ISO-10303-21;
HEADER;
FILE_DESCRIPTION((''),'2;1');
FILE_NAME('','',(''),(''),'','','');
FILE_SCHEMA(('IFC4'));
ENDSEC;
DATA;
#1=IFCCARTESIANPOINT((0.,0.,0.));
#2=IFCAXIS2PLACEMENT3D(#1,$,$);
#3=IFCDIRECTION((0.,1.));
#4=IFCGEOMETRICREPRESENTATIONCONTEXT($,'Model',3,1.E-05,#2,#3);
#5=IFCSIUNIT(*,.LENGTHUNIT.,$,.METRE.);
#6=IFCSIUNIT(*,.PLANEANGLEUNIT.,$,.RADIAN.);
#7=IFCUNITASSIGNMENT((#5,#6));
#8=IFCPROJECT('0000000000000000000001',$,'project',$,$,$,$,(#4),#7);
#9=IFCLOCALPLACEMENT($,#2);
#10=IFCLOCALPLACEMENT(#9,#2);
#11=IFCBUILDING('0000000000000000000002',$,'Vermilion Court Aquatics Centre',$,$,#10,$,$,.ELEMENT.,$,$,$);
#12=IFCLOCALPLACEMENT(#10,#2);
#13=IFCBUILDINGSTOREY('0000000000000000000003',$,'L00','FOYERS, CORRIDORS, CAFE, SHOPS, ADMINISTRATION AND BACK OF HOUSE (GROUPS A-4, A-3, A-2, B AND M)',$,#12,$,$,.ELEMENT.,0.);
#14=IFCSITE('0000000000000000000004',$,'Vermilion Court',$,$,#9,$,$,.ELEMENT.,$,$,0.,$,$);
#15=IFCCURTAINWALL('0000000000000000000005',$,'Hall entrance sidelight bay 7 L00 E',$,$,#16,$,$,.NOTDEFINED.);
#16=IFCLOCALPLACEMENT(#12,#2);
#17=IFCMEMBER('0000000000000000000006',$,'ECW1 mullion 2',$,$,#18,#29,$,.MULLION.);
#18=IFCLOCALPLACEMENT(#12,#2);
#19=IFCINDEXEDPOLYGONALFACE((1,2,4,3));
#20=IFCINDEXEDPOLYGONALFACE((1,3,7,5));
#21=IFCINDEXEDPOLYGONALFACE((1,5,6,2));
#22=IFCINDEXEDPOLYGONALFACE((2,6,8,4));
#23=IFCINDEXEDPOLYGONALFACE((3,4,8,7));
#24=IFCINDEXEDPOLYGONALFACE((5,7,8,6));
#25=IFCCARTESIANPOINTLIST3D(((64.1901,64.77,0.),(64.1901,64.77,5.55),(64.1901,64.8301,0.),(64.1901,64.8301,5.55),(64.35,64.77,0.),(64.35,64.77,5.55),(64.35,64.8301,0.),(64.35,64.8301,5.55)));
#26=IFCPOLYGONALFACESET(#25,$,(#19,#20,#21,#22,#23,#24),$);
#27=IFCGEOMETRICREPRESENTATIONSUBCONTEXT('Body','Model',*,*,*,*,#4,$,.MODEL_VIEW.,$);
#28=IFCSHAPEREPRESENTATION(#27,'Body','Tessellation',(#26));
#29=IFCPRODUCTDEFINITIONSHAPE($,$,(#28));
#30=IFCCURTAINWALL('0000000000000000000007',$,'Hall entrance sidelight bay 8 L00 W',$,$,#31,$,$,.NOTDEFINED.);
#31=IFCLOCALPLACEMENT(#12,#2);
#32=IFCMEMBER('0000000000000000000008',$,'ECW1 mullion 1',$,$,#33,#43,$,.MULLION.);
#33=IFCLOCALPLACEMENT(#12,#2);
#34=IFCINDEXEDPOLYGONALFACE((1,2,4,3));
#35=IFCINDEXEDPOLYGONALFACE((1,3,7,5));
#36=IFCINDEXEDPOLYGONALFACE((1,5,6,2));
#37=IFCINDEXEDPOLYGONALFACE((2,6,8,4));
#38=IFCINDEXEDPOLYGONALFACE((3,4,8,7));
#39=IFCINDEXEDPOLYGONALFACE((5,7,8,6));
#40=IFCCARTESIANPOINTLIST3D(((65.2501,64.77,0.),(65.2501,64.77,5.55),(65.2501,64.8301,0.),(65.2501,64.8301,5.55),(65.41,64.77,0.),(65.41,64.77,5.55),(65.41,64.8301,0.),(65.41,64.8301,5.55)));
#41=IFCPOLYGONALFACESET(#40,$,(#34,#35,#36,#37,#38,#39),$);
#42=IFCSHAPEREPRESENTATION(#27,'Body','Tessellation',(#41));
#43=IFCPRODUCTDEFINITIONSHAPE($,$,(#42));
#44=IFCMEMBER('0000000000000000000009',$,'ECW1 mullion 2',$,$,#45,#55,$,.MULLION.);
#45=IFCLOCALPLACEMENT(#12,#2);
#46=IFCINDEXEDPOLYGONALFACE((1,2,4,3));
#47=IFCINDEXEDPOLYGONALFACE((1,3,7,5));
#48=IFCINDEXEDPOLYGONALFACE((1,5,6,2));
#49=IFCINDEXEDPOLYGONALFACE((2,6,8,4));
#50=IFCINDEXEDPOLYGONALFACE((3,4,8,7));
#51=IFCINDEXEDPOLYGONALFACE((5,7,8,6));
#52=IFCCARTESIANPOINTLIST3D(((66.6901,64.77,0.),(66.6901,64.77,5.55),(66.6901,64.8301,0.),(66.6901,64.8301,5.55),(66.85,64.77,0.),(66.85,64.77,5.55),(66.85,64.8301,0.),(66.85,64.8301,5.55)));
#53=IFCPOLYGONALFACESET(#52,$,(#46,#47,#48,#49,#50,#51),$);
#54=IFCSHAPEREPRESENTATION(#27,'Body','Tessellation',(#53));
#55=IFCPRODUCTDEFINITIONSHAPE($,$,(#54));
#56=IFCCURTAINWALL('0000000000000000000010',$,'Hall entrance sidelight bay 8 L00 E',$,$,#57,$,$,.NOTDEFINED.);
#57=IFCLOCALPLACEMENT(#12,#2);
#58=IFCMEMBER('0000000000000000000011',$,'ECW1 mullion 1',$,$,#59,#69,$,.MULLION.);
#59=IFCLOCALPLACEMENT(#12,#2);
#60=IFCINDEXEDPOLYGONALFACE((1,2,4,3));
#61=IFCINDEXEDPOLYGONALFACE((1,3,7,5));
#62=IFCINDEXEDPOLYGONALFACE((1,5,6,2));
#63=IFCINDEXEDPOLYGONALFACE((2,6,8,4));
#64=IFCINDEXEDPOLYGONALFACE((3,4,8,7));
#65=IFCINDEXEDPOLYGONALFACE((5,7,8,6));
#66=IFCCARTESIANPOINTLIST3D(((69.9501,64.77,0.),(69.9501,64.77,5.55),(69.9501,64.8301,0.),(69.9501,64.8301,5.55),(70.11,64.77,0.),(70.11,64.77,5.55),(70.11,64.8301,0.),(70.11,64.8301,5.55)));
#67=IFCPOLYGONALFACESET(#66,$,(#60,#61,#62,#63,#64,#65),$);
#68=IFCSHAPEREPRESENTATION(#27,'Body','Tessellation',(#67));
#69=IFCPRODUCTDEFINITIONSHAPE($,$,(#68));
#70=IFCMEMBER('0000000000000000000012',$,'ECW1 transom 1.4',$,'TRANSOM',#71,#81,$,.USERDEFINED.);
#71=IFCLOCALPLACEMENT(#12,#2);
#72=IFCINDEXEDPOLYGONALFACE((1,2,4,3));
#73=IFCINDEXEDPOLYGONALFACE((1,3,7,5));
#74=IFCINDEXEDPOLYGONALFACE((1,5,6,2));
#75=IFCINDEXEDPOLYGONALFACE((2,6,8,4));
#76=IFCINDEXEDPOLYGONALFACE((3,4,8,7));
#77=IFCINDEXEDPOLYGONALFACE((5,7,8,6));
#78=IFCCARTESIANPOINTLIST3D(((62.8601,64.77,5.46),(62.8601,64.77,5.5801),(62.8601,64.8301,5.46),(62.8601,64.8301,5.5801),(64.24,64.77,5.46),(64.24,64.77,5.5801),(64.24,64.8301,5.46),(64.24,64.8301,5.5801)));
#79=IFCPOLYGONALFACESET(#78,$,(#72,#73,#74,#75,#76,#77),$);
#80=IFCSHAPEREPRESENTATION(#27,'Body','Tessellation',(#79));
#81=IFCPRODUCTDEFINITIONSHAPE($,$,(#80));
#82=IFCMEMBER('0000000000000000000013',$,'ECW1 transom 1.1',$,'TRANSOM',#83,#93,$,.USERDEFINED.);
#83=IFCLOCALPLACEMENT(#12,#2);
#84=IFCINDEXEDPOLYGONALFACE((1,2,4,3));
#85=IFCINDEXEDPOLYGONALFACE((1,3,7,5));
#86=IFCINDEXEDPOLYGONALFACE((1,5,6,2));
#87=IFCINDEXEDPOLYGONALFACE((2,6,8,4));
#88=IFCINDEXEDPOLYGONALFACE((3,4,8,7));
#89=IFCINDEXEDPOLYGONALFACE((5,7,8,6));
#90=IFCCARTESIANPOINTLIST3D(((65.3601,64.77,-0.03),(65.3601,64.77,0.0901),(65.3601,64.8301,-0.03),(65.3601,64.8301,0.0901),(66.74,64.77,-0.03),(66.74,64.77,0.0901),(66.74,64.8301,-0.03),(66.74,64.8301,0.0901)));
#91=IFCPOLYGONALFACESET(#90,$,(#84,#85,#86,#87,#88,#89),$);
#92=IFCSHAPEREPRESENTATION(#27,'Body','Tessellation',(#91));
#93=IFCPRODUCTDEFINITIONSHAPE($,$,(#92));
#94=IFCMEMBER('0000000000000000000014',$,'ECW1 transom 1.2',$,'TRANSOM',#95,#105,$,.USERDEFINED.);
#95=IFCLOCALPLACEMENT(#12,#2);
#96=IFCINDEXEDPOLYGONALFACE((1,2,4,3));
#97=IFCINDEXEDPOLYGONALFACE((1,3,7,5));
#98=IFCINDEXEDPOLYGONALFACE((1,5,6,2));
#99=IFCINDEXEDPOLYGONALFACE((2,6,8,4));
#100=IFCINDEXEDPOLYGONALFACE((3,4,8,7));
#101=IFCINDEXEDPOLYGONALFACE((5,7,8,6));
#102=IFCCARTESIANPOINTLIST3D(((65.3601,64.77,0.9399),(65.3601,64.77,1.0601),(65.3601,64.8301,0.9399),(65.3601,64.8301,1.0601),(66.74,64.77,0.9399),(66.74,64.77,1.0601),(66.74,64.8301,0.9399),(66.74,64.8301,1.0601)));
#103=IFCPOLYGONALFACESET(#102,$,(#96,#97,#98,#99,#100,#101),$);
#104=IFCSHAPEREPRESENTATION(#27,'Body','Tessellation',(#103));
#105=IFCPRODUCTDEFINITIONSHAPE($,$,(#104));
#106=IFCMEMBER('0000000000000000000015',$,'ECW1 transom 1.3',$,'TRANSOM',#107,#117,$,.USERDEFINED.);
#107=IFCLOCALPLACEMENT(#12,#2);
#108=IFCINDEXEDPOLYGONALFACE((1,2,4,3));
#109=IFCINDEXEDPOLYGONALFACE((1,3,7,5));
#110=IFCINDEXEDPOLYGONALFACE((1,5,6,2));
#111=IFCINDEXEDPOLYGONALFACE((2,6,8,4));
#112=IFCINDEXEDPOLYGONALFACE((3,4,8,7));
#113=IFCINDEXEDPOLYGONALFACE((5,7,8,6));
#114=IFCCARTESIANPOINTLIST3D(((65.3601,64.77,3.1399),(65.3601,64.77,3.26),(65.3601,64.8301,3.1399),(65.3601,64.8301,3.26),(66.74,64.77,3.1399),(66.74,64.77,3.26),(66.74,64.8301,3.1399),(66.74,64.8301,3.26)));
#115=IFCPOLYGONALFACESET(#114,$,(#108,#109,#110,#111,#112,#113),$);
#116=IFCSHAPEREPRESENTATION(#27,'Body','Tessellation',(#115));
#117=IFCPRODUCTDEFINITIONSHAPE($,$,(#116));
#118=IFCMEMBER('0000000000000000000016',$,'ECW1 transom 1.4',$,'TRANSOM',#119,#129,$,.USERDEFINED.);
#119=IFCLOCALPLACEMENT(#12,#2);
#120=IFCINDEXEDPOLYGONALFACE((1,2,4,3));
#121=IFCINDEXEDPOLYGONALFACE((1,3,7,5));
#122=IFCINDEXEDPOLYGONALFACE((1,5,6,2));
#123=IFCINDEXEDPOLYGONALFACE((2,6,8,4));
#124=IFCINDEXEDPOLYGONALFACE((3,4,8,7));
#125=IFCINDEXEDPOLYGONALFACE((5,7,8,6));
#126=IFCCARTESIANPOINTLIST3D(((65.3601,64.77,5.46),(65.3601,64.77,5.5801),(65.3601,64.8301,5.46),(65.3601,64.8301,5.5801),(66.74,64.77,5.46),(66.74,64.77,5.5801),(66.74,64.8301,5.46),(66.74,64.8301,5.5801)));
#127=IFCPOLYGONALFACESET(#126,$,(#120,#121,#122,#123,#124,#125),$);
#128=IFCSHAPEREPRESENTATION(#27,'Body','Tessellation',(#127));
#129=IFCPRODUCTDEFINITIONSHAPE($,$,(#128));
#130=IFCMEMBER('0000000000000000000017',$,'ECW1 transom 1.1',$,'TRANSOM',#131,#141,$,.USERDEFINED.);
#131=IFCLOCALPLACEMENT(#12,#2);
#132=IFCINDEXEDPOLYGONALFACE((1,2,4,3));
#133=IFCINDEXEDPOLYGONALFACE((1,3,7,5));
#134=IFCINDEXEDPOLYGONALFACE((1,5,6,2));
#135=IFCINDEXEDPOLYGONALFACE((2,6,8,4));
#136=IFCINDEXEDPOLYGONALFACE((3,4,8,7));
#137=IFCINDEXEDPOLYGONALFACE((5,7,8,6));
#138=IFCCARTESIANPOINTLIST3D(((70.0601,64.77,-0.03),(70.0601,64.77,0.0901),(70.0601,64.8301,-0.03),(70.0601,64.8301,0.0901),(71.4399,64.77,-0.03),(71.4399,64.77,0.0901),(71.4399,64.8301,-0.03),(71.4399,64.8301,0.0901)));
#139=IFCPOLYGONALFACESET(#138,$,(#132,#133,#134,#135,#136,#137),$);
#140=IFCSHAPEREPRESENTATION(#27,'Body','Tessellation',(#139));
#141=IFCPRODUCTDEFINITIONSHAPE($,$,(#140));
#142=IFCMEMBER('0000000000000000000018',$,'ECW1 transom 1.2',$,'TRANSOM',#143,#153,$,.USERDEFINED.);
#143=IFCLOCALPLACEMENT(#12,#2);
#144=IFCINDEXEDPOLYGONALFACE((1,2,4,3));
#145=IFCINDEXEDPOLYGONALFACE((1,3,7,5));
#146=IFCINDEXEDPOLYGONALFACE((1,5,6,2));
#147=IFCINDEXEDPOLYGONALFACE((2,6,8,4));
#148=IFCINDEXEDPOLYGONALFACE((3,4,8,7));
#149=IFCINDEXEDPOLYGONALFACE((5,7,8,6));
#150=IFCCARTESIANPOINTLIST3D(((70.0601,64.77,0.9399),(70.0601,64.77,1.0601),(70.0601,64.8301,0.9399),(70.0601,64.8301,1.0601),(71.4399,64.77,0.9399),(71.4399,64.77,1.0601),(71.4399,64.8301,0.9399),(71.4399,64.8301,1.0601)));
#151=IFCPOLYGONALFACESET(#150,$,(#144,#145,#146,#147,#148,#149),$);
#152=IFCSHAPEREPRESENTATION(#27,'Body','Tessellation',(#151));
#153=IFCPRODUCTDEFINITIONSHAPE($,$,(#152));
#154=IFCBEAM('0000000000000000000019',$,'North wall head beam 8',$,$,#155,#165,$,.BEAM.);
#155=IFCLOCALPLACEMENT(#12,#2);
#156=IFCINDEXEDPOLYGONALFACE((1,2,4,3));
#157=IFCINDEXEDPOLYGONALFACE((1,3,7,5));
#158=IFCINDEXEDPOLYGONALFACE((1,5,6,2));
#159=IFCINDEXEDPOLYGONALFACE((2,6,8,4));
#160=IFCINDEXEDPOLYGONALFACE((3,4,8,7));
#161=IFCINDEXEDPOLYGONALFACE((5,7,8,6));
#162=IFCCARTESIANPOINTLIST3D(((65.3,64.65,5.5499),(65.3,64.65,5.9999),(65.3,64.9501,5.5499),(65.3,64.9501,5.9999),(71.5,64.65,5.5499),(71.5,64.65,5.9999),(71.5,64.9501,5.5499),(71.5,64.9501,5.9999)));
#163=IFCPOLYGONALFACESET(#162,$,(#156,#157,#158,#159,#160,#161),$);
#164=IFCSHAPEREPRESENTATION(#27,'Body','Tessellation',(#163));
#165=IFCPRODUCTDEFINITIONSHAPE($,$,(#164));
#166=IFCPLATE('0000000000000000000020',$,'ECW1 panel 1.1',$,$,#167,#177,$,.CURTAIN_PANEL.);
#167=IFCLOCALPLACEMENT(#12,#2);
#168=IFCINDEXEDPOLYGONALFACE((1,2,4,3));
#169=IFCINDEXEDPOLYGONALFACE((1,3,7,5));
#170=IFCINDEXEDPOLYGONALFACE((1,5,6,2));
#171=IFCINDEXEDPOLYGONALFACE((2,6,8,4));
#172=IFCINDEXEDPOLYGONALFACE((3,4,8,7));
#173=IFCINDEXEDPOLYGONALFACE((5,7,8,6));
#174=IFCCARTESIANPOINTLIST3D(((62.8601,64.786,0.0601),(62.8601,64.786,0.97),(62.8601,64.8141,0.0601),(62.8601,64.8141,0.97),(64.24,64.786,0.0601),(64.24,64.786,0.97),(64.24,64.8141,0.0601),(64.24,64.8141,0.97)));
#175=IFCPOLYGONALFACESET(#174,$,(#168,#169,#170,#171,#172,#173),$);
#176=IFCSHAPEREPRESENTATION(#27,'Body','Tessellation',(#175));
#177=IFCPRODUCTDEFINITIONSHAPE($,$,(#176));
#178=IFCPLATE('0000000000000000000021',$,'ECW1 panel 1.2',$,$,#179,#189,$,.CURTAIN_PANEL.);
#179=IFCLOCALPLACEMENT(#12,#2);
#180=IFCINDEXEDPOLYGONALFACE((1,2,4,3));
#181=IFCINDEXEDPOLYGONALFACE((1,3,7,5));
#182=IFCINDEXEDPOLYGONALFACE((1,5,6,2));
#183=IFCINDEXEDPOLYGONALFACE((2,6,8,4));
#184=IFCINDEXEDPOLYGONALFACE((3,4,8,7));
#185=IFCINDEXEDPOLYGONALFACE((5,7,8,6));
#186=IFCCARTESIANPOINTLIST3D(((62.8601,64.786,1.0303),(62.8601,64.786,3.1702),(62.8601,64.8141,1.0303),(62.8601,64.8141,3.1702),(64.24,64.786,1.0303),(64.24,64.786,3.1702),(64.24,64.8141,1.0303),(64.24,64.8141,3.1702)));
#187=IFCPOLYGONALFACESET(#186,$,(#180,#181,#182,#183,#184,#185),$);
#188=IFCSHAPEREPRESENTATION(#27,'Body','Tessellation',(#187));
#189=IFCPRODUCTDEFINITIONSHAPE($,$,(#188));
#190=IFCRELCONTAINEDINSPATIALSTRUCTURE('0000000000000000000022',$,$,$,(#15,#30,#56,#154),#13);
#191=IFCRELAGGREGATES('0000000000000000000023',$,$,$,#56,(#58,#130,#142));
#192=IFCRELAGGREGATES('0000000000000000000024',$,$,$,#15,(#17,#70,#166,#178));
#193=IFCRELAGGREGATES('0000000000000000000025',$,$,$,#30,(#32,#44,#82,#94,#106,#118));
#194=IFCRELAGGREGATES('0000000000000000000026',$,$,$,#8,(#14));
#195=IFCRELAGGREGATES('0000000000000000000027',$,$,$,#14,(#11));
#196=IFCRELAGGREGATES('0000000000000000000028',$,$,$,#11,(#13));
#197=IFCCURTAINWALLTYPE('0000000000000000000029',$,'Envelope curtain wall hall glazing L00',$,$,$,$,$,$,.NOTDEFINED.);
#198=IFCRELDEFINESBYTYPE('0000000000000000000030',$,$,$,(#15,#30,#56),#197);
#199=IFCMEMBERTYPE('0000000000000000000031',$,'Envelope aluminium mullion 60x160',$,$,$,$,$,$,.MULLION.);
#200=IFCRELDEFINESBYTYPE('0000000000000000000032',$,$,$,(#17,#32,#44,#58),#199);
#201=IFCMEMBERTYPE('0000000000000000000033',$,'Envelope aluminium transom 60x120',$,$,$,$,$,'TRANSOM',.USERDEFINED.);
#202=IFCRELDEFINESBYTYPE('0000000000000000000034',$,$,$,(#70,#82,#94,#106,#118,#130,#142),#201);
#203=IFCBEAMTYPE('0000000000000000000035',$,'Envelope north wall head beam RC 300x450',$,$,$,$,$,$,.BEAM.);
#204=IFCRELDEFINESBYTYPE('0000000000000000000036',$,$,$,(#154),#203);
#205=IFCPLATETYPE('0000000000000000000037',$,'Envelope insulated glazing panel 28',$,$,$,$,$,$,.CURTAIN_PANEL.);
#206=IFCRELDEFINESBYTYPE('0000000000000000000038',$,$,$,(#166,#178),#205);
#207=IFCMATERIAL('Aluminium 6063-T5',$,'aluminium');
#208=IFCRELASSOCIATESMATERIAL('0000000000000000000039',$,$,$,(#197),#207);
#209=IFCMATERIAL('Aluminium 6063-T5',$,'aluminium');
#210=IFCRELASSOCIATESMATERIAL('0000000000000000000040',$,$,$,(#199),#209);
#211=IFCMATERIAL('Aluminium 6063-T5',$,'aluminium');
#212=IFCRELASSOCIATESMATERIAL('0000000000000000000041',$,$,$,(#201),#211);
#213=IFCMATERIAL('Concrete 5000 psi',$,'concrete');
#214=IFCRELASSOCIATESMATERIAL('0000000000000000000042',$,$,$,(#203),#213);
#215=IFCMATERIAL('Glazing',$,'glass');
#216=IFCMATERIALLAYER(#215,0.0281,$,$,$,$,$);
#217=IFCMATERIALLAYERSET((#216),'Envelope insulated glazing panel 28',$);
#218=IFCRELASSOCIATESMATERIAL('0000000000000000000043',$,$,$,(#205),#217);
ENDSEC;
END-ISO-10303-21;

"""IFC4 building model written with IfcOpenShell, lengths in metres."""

from ifc_helpers import new_model, si_unit, direction, frame, origin, origin_2d, place, context, subcontext, project, spatial, rectangle, extrude, material, layer, layer_set, material_profile, profile_set, type_object, element, aggregate, save


model = new_model("IFC4")

# Units and contexts
model_context = context("Model", 3, precision=1e-05, world=origin(), true_north=direction((0.0, 1.0)))
body_context = subcontext(model_context, "Body", "Model", "MODEL_VIEW")
ifc_project = project(units=[si_unit("LENGTHUNIT", "METRE"), si_unit("PLANEANGLEUNIT", "RADIAN")], contexts=[model_context])

# Site, building, storey
site_placement = place(None, origin())
site = spatial("IfcSite", under=ifc_project, at=site_placement, Name="Vermilion Court", CompositionType="ELEMENT", RefElevation=0.0)
building_placement = place(site_placement, origin())
building = spatial("IfcBuilding", under=site, at=building_placement, Name="Vermilion Court Aquatics Centre", CompositionType="ELEMENT")
storey_placement = place(building_placement, origin())
storey = spatial("IfcBuildingStorey", under=building, at=storey_placement, Name="L00", Description="FOYERS, CORRIDORS, CAFE, SHOPS, ADMINISTRATION AND BACK OF HOUSE (GROUPS A-4, A-3, A-2, B AND M)", CompositionType="ELEMENT", Elevation=0.0)

# Curtain wall, member
ifc_material_1 = material(Name="Aluminium 6063-T5", Category="aluminium")
curtain_wall_type = type_object("IfcCurtainWallType", Name="Envelope curtain wall hall glazing L00", PredefinedType="NOTDEFINED", material=ifc_material_1)
curtain_wall_1_placement = place(storey_placement, origin())
curtain_wall_1 = element("IfcCurtainWall", 1, at=curtain_wall_1_placement, inside=storey, type_object=curtain_wall_type, Name="Hall entrance sidelight bay 7 L00 E", PredefinedType="NOTDEFINED")
ifc_material_2 = material(Name="Aluminium 6063-T5", Category="aluminium")
ifc_material_profile_1 = material_profile(ifc_material_2, rectangle(XDim=0.0601, YDim=0.1599, at=origin_2d()), Name="AL 60x160")
ifc_profile_set_1 = profile_set([ifc_material_profile_1], Name="Aluminium 6063-T5")
member_type_1 = type_object("IfcMemberType", Name="Envelope aluminium mullion 60x160", PredefinedType="MULLION", material=ifc_profile_set_1)
member_1_placement = place(storey_placement, frame((64.27, 64.8, 0.0), z_axis=(0.0, 0.0, 1.0), x_axis=(0.0, 1.0, 0.0)))
member_1 = element("IfcMember", 2, at=member_1_placement, type_object=member_type_1, Name="ECW1 mullion 2", PredefinedType="MULLION", context=body_context, shape_type="SweptSolid", body=[
    extrude(rectangle(XDim=0.0601, YDim=0.1599, at=origin_2d()), origin(), (0.0, 0.0, 1.0), 5.55),
])

# Curtain wall, members
curtain_wall_2_placement = place(storey_placement, origin())
curtain_wall_2 = element("IfcCurtainWall", 3, at=curtain_wall_2_placement, inside=storey, type_object=curtain_wall_type, Name="Hall entrance sidelight bay 8 L00 W", PredefinedType="NOTDEFINED")
member_2_placement = place(storey_placement, frame((65.3301, 64.8, 0.0), z_axis=(0.0, 0.0, 1.0), x_axis=(0.0, 1.0, 0.0)))
member_2 = element("IfcMember", 4, at=member_2_placement, type_object=member_type_1, Name="ECW1 mullion 1", PredefinedType="MULLION", context=body_context, shape_type="SweptSolid", body=[
    extrude(rectangle(XDim=0.0601, YDim=0.1599, at=origin_2d()), origin(), (0.0, 0.0, 1.0), 5.55),
])
member_3_placement = place(storey_placement, frame((66.77, 64.8, 0.0), z_axis=(0.0, 0.0, 1.0), x_axis=(0.0, 1.0, 0.0)))
member_3 = element("IfcMember", 5, at=member_3_placement, type_object=member_type_1, Name="ECW1 mullion 2", PredefinedType="MULLION", context=body_context, shape_type="SweptSolid", body=[
    extrude(rectangle(XDim=0.0601, YDim=0.1599, at=origin_2d()), origin(), (0.0, 0.0, 1.0), 5.55),
])

# Curtain wall, member
curtain_wall_3_placement = place(storey_placement, origin())
curtain_wall_3 = element("IfcCurtainWall", 6, at=curtain_wall_3_placement, inside=storey, type_object=curtain_wall_type, Name="Hall entrance sidelight bay 8 L00 E", PredefinedType="NOTDEFINED")
member_4_placement = place(storey_placement, frame((70.03, 64.8, 0.0), z_axis=(0.0, 0.0, 1.0), x_axis=(0.0, 1.0, 0.0)))
member_4 = element("IfcMember", 7, at=member_4_placement, type_object=member_type_1, Name="ECW1 mullion 1", PredefinedType="MULLION", context=body_context, shape_type="SweptSolid", body=[
    extrude(rectangle(XDim=0.0601, YDim=0.1599, at=origin_2d()), origin(), (0.0, 0.0, 1.0), 5.55),
])

# Members
ifc_material_3 = material(Name="Aluminium 6063-T5", Category="aluminium")
ifc_material_profile_2 = material_profile(ifc_material_3, rectangle(XDim=0.0601, YDim=0.1201, at=origin_2d()), Name="AL 60x120")
ifc_profile_set_2 = profile_set([ifc_material_profile_2], Name="Aluminium 6063-T5")
member_type_2 = type_object("IfcMemberType", Name="Envelope aluminium transom 60x120", ElementType="TRANSOM", PredefinedType="USERDEFINED", material=ifc_profile_set_2)
member_5_placement = place(storey_placement, frame((62.8601, 64.8, 5.52), z_axis=(1.0, 0.0, 0.0), x_axis=(0.0, 1.0, 0.0)))
member_5 = element("IfcMember", 8, at=member_5_placement, type_object=member_type_2, Name="ECW1 transom 1.4", ObjectType="TRANSOM", PredefinedType="USERDEFINED", context=body_context, shape_type="SweptSolid", body=[
    extrude(rectangle(XDim=0.0601, YDim=0.1201, at=origin_2d()), origin(), (0.0, 0.0, 1.0), 1.3799),
])
member_6_placement = place(storey_placement, frame((65.3601, 64.8, 0.03), z_axis=(1.0, 0.0, 0.0), x_axis=(0.0, 1.0, 0.0)))
member_6 = element("IfcMember", 9, at=member_6_placement, type_object=member_type_2, Name="ECW1 transom 1.1", ObjectType="TRANSOM", PredefinedType="USERDEFINED", context=body_context, shape_type="SweptSolid", body=[
    extrude(rectangle(XDim=0.0601, YDim=0.1201, at=origin_2d()), origin(), (0.0, 0.0, 1.0), 1.3799),
])
member_7_placement = place(storey_placement, frame((65.3601, 64.8, 1.0), z_axis=(1.0, 0.0, 0.0), x_axis=(0.0, 1.0, 0.0)))
member_7 = element("IfcMember", 10, at=member_7_placement, type_object=member_type_2, Name="ECW1 transom 1.2", ObjectType="TRANSOM", PredefinedType="USERDEFINED", context=body_context, shape_type="SweptSolid", body=[
    extrude(rectangle(XDim=0.0601, YDim=0.1201, at=origin_2d()), origin(), (0.0, 0.0, 1.0), 1.3799),
])
member_8_placement = place(storey_placement, frame((65.3601, 64.8, 3.2), z_axis=(1.0, 0.0, 0.0), x_axis=(0.0, 1.0, 0.0)))
member_8 = element("IfcMember", 11, at=member_8_placement, type_object=member_type_2, Name="ECW1 transom 1.3", ObjectType="TRANSOM", PredefinedType="USERDEFINED", context=body_context, shape_type="SweptSolid", body=[
    extrude(rectangle(XDim=0.0601, YDim=0.1201, at=origin_2d()), origin(), (0.0, 0.0, 1.0), 1.3799),
])
member_9_placement = place(storey_placement, frame((65.3601, 64.8, 5.52), z_axis=(1.0, 0.0, 0.0), x_axis=(0.0, 1.0, 0.0)))
member_9 = element("IfcMember", 12, at=member_9_placement, type_object=member_type_2, Name="ECW1 transom 1.4", ObjectType="TRANSOM", PredefinedType="USERDEFINED", context=body_context, shape_type="SweptSolid", body=[
    extrude(rectangle(XDim=0.0601, YDim=0.1201, at=origin_2d()), origin(), (0.0, 0.0, 1.0), 1.3799),
])
member_10_placement = place(storey_placement, frame((70.0601, 64.8, 0.03), z_axis=(1.0, 0.0, 0.0), x_axis=(0.0, 1.0, 0.0)))
member_10 = element("IfcMember", 13, at=member_10_placement, type_object=member_type_2, Name="ECW1 transom 1.1", ObjectType="TRANSOM", PredefinedType="USERDEFINED", context=body_context, shape_type="SweptSolid", body=[
    extrude(rectangle(XDim=0.0601, YDim=0.1201, at=origin_2d()), origin(), (0.0, 0.0, 1.0), 1.3799),
])
member_11_placement = place(storey_placement, frame((70.0601, 64.8, 1.0), z_axis=(1.0, 0.0, 0.0), x_axis=(0.0, 1.0, 0.0)))
member_11 = element("IfcMember", 14, at=member_11_placement, type_object=member_type_2, Name="ECW1 transom 1.2", ObjectType="TRANSOM", PredefinedType="USERDEFINED", context=body_context, shape_type="SweptSolid", body=[
    extrude(rectangle(XDim=0.0601, YDim=0.1201, at=origin_2d()), origin(), (0.0, 0.0, 1.0), 1.3799),
])
aggregate(curtain_wall_3, [member_4, member_10, member_11])

# Beam
ifc_material_4 = material(Name="Concrete 5000 psi", Category="concrete")
ifc_material_profile_3 = material_profile(ifc_material_4, rectangle(XDim=0.3, YDim=0.45, at=origin_2d()), Name="RC 300x450")
ifc_profile_set_3 = profile_set([ifc_material_profile_3], Name="Concrete 5000 psi")
beam_type = type_object("IfcBeamType", Name="Envelope north wall head beam RC 300x450", PredefinedType="BEAM", material=ifc_profile_set_3)
beam_placement = place(storey_placement, frame((65.3, 64.8, 5.7749), z_axis=(1.0, 0.0, 0.0), x_axis=(0.0, 1.0, 0.0)))
element("IfcBeam", 15, at=beam_placement, inside=storey, type_object=beam_type, Name="North wall head beam 8", PredefinedType="BEAM", context=body_context, shape_type="SweptSolid", body=[
    extrude(rectangle(XDim=0.3, YDim=0.45, at=origin_2d()), origin(), (0.0, 0.0, 1.0), 6.2),
])

# Plates
ifc_material_5 = material(Name="Glazing", Category="glass")
ifc_layer_1 = layer(ifc_material_5, 0.0281)
ifc_layer_set_1 = layer_set([ifc_layer_1], Name="Envelope insulated glazing panel 28")
plate_type = type_object("IfcPlateType", Name="Envelope insulated glazing panel 28", PredefinedType="CURTAIN_PANEL", material=ifc_layer_set_1)
plate_1_placement = place(storey_placement, frame((63.55, 64.8, 0.0601), z_axis=(0.0, 0.0, 1.0), x_axis=(1.0, 0.0, 0.0)))
plate_1 = element("IfcPlate", 16, at=plate_1_placement, type_object=plate_type, Name="ECW1 panel 1.1", PredefinedType="CURTAIN_PANEL", context=body_context, shape_type="SweptSolid", body=[
    extrude(rectangle(XDim=1.3799, YDim=0.0281, at=origin_2d()), origin(), (0.0, 0.0, 1.0), 0.9099),
])
plate_2_placement = place(storey_placement, frame((63.55, 64.8, 1.0303), z_axis=(0.0, 0.0, 1.0), x_axis=(1.0, 0.0, 0.0)))
plate_2 = element("IfcPlate", 17, at=plate_2_placement, type_object=plate_type, Name="ECW1 panel 1.2", PredefinedType="CURTAIN_PANEL", context=body_context, shape_type="SweptSolid", body=[
    extrude(rectangle(XDim=1.3799, YDim=0.0281, at=origin_2d()), origin(), (0.0, 0.0, 1.0), 2.1399),
])
aggregate(curtain_wall_1, [member_1, member_5, plate_1, plate_2])
aggregate(curtain_wall_2, [member_2, member_3, member_6, member_7, member_8, member_9])

save(model, "model.ifc")
